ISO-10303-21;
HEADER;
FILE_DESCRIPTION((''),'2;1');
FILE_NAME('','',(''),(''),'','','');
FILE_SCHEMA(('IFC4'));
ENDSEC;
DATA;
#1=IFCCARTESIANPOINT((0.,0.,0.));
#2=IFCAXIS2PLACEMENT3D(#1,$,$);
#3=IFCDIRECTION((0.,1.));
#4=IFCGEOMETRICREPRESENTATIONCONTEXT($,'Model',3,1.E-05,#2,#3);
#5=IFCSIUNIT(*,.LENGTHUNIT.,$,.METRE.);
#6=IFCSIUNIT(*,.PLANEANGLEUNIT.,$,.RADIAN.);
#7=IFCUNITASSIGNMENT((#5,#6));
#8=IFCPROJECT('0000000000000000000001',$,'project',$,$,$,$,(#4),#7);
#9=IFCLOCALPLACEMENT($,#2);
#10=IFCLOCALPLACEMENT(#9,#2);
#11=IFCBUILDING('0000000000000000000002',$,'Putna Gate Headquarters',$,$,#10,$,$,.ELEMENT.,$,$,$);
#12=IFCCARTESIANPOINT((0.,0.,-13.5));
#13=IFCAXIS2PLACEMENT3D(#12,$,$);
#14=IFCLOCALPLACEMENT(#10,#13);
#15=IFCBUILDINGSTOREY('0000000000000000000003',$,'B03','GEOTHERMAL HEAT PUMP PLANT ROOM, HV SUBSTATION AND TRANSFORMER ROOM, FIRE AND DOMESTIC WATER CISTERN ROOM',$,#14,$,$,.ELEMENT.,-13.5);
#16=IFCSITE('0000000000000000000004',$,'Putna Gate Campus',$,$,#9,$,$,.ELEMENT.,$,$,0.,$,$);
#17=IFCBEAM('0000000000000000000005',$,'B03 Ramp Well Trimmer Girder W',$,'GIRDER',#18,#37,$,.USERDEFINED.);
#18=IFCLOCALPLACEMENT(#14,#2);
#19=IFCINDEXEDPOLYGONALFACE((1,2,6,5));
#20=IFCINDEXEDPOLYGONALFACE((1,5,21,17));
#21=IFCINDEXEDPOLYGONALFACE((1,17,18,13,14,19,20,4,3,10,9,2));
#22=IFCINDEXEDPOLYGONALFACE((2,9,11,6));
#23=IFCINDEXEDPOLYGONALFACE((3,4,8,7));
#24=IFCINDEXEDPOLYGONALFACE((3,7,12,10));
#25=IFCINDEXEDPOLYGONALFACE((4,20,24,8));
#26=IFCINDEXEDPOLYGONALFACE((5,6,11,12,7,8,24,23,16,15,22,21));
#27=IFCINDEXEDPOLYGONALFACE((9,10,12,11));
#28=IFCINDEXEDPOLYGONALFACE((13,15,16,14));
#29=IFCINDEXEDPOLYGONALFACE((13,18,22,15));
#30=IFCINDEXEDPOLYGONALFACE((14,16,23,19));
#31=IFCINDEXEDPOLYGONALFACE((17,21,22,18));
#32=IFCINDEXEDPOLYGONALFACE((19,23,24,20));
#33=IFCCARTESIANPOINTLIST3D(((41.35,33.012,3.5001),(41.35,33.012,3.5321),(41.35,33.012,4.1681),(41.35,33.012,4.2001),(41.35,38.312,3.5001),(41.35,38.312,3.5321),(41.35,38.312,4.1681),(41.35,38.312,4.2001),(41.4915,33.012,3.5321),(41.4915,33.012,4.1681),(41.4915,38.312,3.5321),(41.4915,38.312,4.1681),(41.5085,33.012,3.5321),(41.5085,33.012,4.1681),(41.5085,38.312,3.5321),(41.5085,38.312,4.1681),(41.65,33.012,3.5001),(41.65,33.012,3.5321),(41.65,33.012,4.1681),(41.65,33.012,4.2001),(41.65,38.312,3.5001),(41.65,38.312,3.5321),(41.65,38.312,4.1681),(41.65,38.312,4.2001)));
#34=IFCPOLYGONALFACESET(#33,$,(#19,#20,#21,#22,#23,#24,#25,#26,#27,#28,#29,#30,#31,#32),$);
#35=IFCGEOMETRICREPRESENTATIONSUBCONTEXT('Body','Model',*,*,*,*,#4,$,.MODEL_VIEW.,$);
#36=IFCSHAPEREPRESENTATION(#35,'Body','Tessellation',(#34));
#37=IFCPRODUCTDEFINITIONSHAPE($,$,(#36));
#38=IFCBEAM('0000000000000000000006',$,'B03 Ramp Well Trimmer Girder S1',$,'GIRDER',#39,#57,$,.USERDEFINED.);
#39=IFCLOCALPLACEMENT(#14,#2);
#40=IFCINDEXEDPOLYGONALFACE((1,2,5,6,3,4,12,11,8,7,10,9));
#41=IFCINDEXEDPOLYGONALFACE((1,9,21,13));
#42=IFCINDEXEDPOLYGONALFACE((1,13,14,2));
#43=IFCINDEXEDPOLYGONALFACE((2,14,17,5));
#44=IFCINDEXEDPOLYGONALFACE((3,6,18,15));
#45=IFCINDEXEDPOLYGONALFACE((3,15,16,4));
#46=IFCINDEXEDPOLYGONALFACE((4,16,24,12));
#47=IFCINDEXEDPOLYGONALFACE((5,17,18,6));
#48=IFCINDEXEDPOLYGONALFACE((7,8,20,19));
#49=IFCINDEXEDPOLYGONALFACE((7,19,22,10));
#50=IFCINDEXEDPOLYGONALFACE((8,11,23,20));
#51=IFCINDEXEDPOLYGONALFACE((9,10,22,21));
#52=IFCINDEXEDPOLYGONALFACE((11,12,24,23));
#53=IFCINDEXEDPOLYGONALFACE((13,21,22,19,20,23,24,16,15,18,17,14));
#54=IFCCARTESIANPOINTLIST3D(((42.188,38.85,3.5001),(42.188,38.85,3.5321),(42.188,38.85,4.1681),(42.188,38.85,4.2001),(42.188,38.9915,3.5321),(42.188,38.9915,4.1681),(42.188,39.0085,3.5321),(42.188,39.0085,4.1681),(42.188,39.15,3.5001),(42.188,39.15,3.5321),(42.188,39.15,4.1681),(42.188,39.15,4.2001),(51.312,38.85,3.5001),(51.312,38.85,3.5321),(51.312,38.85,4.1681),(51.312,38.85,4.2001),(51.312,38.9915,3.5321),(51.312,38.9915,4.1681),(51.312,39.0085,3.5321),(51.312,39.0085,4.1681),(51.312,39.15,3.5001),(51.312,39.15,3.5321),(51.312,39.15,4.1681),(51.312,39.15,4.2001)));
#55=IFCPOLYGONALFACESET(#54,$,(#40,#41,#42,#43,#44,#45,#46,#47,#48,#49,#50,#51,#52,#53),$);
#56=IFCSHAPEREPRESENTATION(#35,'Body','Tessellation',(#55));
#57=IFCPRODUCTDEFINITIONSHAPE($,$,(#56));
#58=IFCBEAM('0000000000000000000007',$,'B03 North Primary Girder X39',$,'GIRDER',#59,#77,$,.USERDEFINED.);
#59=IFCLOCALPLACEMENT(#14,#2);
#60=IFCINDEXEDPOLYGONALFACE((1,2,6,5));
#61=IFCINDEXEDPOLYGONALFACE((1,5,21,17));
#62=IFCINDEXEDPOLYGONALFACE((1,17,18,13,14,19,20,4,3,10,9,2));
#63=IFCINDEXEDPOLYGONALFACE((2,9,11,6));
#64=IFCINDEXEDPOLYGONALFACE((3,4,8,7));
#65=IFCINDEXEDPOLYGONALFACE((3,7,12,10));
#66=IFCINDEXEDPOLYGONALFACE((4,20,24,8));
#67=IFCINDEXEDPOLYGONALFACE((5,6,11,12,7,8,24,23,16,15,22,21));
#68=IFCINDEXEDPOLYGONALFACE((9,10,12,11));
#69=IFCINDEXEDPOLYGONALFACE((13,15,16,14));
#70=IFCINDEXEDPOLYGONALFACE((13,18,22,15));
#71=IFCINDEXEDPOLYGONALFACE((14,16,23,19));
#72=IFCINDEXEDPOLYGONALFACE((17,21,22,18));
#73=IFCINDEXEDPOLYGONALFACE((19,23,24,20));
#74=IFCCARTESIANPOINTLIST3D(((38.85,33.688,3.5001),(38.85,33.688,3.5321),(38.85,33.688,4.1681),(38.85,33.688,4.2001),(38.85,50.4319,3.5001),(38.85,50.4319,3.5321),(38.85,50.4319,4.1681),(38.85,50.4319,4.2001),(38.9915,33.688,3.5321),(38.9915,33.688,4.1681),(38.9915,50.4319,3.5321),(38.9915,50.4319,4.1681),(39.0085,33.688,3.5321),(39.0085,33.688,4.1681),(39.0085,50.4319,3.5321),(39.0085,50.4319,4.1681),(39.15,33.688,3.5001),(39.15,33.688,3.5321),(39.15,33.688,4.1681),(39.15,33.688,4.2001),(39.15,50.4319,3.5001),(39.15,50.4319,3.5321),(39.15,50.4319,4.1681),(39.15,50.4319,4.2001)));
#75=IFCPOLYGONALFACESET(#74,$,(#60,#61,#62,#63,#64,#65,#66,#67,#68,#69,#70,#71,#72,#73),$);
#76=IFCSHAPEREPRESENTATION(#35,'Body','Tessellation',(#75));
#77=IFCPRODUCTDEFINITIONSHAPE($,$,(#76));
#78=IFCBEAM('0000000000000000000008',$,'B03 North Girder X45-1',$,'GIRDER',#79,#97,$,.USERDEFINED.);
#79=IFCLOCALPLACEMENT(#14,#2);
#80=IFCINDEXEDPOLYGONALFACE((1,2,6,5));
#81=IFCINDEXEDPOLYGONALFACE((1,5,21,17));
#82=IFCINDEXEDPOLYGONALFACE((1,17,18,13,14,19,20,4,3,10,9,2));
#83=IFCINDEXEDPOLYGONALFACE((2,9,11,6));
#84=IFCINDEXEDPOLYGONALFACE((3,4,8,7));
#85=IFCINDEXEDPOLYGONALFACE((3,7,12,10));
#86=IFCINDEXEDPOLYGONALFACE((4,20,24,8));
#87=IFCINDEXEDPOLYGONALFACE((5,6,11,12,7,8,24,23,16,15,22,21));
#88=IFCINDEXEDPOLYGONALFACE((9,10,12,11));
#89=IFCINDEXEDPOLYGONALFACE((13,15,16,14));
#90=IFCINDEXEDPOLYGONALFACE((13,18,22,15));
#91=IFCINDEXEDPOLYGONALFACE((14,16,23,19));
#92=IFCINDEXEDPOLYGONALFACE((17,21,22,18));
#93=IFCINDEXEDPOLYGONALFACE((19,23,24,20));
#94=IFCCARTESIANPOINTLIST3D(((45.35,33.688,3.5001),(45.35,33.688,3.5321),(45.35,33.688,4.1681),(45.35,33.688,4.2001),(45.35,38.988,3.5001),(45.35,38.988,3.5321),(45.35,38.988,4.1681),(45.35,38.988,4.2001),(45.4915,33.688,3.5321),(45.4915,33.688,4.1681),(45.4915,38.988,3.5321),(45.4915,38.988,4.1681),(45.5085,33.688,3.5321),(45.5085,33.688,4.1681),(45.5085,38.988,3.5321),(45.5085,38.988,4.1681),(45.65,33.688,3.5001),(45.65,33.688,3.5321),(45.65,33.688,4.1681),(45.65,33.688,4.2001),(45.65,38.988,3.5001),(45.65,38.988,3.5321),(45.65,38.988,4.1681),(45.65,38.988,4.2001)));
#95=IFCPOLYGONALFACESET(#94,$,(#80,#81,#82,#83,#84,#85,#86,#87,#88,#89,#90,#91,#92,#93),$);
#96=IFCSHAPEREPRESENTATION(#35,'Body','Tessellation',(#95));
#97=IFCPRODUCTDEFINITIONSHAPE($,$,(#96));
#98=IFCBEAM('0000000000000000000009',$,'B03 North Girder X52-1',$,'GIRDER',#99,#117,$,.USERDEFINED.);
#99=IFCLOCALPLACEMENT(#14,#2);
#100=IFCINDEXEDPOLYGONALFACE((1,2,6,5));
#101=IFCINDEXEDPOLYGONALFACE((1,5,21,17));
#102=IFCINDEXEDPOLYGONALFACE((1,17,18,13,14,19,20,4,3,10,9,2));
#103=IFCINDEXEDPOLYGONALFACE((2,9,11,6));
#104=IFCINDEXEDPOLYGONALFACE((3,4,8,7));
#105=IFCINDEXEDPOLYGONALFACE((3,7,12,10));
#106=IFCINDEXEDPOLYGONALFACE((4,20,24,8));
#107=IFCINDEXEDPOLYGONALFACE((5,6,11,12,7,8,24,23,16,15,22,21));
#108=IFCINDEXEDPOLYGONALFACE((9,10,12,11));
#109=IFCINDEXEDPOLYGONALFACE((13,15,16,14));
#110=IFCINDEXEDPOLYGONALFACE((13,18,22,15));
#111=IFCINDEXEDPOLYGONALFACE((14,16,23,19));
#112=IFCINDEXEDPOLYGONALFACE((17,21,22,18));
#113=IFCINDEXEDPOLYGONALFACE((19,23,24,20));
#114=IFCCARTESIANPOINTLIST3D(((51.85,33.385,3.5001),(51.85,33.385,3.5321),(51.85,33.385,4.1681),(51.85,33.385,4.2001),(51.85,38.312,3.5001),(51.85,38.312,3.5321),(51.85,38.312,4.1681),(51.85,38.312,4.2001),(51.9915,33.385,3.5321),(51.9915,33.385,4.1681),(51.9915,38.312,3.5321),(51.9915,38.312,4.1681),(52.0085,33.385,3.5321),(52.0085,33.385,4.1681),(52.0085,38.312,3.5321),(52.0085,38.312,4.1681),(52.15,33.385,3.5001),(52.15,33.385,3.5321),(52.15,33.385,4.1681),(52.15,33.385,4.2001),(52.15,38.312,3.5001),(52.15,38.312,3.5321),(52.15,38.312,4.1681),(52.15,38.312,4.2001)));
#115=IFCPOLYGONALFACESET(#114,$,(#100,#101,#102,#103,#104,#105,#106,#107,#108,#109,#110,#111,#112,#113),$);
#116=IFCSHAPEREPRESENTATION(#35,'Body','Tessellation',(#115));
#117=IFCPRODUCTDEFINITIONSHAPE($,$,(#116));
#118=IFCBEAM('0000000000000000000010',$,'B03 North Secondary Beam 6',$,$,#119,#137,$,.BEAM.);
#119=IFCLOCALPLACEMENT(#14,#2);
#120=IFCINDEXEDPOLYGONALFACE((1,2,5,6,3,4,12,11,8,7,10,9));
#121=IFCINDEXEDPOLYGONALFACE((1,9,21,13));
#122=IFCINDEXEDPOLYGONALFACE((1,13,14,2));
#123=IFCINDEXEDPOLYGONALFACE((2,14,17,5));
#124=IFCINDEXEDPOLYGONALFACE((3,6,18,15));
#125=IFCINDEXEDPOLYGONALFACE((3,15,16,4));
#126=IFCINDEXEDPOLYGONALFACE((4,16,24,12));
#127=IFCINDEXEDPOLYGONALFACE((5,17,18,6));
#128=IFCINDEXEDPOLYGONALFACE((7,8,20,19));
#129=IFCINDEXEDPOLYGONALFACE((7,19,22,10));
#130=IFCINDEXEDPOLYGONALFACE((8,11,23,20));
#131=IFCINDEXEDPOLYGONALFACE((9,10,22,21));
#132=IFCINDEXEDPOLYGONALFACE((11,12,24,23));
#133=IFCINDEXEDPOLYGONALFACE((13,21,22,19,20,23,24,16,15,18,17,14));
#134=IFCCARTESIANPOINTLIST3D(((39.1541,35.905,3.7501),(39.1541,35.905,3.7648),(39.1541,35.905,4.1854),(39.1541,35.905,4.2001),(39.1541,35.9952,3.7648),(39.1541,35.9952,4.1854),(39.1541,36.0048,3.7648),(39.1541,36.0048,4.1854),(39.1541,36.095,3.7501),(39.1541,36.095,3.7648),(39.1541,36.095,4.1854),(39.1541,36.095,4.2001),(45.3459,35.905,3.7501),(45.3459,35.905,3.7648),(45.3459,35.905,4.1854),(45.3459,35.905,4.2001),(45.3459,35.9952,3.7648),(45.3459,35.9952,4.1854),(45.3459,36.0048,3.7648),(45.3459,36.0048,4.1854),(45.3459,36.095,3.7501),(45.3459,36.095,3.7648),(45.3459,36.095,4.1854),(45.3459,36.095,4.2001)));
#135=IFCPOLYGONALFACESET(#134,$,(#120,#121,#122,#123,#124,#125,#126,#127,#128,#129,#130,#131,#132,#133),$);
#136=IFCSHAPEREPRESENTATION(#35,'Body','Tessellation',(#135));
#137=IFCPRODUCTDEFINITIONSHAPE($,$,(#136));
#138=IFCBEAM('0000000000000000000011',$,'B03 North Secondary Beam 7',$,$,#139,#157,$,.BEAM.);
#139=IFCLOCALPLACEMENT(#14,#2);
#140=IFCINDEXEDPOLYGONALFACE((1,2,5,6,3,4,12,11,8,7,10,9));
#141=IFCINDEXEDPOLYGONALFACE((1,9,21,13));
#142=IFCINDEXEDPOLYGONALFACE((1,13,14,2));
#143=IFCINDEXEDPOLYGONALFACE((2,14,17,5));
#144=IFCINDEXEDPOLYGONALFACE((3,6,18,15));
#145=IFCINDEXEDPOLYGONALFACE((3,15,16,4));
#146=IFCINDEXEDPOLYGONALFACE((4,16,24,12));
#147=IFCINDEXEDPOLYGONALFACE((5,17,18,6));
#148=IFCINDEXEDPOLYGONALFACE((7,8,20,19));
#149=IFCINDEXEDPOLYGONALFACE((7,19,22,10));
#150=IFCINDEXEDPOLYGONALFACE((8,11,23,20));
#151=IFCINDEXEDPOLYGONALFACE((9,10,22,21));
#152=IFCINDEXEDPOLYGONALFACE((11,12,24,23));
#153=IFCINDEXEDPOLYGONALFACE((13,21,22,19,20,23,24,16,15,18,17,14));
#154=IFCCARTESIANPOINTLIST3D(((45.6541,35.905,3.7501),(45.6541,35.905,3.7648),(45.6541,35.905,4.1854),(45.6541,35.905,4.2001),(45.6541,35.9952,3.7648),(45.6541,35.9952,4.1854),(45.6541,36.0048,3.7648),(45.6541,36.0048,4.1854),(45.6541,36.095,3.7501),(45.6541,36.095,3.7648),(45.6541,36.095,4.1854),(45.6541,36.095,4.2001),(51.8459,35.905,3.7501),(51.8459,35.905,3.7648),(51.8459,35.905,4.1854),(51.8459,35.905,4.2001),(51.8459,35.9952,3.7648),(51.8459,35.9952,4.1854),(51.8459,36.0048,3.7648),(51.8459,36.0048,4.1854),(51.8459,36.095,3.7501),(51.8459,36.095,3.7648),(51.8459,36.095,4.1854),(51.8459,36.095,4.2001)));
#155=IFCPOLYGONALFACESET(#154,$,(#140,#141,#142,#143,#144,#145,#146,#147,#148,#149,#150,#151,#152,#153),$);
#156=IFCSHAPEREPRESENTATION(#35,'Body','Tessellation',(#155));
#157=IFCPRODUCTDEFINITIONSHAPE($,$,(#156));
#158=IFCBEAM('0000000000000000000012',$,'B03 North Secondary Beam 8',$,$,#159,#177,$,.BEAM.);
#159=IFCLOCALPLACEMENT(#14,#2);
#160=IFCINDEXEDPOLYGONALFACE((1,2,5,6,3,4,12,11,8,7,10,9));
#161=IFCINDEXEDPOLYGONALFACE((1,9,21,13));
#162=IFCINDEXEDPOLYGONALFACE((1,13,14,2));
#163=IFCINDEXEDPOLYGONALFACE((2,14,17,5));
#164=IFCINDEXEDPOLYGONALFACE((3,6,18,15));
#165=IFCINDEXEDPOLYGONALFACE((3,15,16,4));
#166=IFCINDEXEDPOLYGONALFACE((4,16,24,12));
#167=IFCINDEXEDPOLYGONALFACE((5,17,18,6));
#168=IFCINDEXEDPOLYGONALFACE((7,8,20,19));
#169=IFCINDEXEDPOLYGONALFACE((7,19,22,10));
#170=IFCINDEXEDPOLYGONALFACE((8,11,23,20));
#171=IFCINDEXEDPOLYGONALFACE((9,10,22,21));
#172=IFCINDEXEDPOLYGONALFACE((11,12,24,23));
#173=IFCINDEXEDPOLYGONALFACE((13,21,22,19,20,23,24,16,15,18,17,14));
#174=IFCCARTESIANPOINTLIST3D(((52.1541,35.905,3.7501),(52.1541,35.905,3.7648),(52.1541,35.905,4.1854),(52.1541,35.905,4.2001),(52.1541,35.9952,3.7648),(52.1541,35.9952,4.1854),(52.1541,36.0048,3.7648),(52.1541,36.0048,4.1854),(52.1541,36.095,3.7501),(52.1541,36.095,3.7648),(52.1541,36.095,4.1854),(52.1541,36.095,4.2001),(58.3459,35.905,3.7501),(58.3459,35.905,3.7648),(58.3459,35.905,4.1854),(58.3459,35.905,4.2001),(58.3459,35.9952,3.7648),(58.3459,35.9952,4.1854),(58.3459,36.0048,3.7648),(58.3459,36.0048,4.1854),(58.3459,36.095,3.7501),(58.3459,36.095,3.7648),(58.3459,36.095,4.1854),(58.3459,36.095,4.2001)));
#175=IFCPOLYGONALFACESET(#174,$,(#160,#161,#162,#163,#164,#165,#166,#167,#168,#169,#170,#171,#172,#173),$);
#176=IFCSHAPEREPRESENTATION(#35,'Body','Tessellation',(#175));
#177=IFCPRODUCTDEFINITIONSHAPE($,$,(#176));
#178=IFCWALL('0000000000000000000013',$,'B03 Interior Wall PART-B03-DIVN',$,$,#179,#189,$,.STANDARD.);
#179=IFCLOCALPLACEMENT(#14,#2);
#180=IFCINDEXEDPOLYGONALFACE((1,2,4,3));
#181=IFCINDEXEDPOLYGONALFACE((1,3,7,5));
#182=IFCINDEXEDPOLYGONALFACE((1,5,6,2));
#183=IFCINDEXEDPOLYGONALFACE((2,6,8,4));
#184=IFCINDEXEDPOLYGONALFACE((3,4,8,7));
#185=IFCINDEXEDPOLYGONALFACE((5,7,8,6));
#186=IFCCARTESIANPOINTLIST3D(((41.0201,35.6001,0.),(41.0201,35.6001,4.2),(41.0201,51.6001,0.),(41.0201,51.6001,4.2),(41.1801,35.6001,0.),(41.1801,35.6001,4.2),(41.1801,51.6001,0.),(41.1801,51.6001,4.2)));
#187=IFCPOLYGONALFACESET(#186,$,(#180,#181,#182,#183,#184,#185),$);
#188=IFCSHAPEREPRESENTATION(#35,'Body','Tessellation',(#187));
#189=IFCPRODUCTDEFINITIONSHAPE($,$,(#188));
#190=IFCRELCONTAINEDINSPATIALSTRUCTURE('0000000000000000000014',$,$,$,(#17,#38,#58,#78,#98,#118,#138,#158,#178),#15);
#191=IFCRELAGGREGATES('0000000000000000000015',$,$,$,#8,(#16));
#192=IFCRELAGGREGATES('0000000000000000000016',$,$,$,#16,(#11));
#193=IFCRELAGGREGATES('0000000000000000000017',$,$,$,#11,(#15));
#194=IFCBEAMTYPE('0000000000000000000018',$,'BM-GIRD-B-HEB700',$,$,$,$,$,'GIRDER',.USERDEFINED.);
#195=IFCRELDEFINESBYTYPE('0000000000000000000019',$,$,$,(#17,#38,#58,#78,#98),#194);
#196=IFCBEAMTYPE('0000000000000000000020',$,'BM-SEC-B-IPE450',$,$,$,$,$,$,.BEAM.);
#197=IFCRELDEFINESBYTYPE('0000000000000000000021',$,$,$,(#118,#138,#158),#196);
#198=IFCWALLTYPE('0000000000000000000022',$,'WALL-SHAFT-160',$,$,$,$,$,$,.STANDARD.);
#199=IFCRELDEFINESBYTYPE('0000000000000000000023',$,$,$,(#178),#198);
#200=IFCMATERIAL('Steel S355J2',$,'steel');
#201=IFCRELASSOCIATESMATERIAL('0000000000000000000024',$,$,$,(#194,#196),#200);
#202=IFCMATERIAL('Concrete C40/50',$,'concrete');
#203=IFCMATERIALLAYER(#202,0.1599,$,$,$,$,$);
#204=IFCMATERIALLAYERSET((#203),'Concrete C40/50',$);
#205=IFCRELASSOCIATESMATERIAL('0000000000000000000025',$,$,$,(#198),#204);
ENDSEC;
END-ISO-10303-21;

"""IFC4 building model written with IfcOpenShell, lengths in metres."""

from ifc_helpers import new_model, si_unit, direction, frame, frame_2d, origin, origin_2d, place, context, subcontext, project, spatial, rectangle, i_section, extrude, material, layer, layer_set, material_profile, profile_set, type_object, element, save


model = new_model("IFC4")

# Units and contexts
model_context = context("Model", 3, precision=1e-05, world=origin(), true_north=direction((0.0, 1.0)))
body_context = subcontext(model_context, "Body", "Model", "MODEL_VIEW")
ifc_project = project(units=[si_unit("LENGTHUNIT", "METRE"), si_unit("PLANEANGLEUNIT", "RADIAN")], contexts=[model_context])

# Site, building, storey
site_placement = place(None, origin())
site = spatial("IfcSite", under=ifc_project, at=site_placement, Name="Putna Gate Campus", CompositionType="ELEMENT", RefElevation=0.0)
building_placement = place(site_placement, origin())
building = spatial("IfcBuilding", under=site, at=building_placement, Name="Putna Gate Headquarters", CompositionType="ELEMENT")
storey_placement = place(building_placement, frame((0.0, 0.0, -13.5)))
storey = spatial("IfcBuildingStorey", under=building, at=storey_placement, Name="B03", Description="GEOTHERMAL HEAT PUMP PLANT ROOM, HV SUBSTATION AND TRANSFORMER ROOM, FIRE AND DOMESTIC WATER CISTERN ROOM", CompositionType="ELEMENT", Elevation=-13.5)

# Shared definitions
ifc_material_1 = material(Name="Concrete C40/50", Category="concrete")

# Beams
ifc_material_2 = material(Name="Steel S355J2", Category="steel")
ifc_material_profile_1 = material_profile(ifc_material_2, i_section(OverallWidth=0.3, OverallDepth=0.7, WebThickness=0.0171, FlangeThickness=0.032, at=origin_2d()), Name="Steel S355J2")
ifc_profile_set_1 = profile_set([ifc_material_profile_1], Name="Steel S355J2")
beam_type_1 = type_object("IfcBeamType", Name="BM-GIRD-B-HEB700", ElementType="GIRDER", PredefinedType="USERDEFINED", material=ifc_profile_set_1)
beam_1_placement = place(storey_placement, frame((41.5, 33.012, 3.8501), z_axis=(0.0, 1.0, 0.0), x_axis=(-1.0, 0.0, 0.0)))
element("IfcBeam", 1, at=beam_1_placement, inside=storey, type_object=beam_type_1, Name="B03 Ramp Well Trimmer Girder W", ObjectType="GIRDER", PredefinedType="USERDEFINED", context=body_context, shape_type="SweptSolid", body=[
    extrude(i_section(OverallWidth=0.3, OverallDepth=0.7, WebThickness=0.0171, FlangeThickness=0.032, at=origin_2d()), origin(), (0.0, 0.0, 1.0), 5.3),
])
beam_2_placement = place(storey_placement, frame((42.188, 39.0, 3.8501), z_axis=(1.0, 0.0, 0.0), x_axis=(0.0, 1.0, 0.0)))
element("IfcBeam", 2, at=beam_2_placement, inside=storey, type_object=beam_type_1, Name="B03 Ramp Well Trimmer Girder S1", ObjectType="GIRDER", PredefinedType="USERDEFINED", context=body_context, shape_type="SweptSolid", body=[
    extrude(i_section(OverallWidth=0.3, OverallDepth=0.7, WebThickness=0.0171, FlangeThickness=0.032, at=origin_2d()), origin(), (0.0, 0.0, 1.0), 9.124),
])
beam_3_placement = place(storey_placement, frame((39.0, 33.688, 3.8501), z_axis=(0.0, 1.0, 0.0), x_axis=(-1.0, 0.0, 0.0)))
element("IfcBeam", 3, at=beam_3_placement, inside=storey, type_object=beam_type_1, Name="B03 North Primary Girder X39", ObjectType="GIRDER", PredefinedType="USERDEFINED", context=body_context, shape_type="SweptSolid", body=[
    extrude(i_section(OverallWidth=0.3, OverallDepth=0.7, WebThickness=0.0171, FlangeThickness=0.032, at=origin_2d()), origin(), (0.0, 0.0, 1.0), 16.7439),
])
beam_4_placement = place(storey_placement, frame((45.5, 33.688, 3.8501), z_axis=(0.0, 1.0, 0.0), x_axis=(-1.0, 0.0, 0.0)))
element("IfcBeam", 4, at=beam_4_placement, inside=storey, type_object=beam_type_1, Name="B03 North Girder X45-1", ObjectType="GIRDER", PredefinedType="USERDEFINED", context=body_context, shape_type="SweptSolid", body=[
    extrude(i_section(OverallWidth=0.3, OverallDepth=0.7, WebThickness=0.0171, FlangeThickness=0.032, at=origin_2d()), origin(), (0.0, 0.0, 1.0), 5.3),
])
beam_5_placement = place(storey_placement, frame((52.0, 33.385, 3.8501), z_axis=(0.0, 1.0, 0.0), x_axis=(-1.0, 0.0, 0.0)))
element("IfcBeam", 5, at=beam_5_placement, inside=storey, type_object=beam_type_1, Name="B03 North Girder X52-1", ObjectType="GIRDER", PredefinedType="USERDEFINED", context=body_context, shape_type="SweptSolid", body=[
    extrude(i_section(OverallWidth=0.3, OverallDepth=0.7, WebThickness=0.0171, FlangeThickness=0.032, at=origin_2d()), origin(), (0.0, 0.0, 1.0), 4.927),
])
ifc_material_profile_2 = material_profile(ifc_material_2, i_section(OverallWidth=0.1899, OverallDepth=0.45, WebThickness=0.0095, FlangeThickness=0.0146, at=origin_2d()), Name="Steel S355J2")
ifc_profile_set_2 = profile_set([ifc_material_profile_2], Name="Steel S355J2")
beam_type_2 = type_object("IfcBeamType", Name="BM-SEC-B-IPE450", PredefinedType="BEAM", material=ifc_profile_set_2)
for number, where, z_axis, x_axis, name in (
    (6, (39.1541, 36.0, 3.9751), (1.0, 0.0, 0.0), (0.0, 1.0, 0.0), "B03 North Secondary Beam 6"),
    (7, (45.6541, 36.0, 3.9751), (1.0, 0.0, 0.0), (0.0, 1.0, 0.0), "B03 North Secondary Beam 7"),
    (8, (52.1541, 36.0, 3.9751), (1.0, 0.0, 0.0), (0.0, 1.0, 0.0), "B03 North Secondary Beam 8"),
):
    element("IfcBeam", number, at=place(storey_placement, frame(where, z_axis=z_axis, x_axis=x_axis)), inside=storey, type_object=beam_type_2, Name=name, PredefinedType="BEAM", context=body_context, shape_type="SweptSolid", body=[
        extrude(i_section(OverallWidth=0.1899, OverallDepth=0.45, WebThickness=0.0095, FlangeThickness=0.0146, at=origin_2d()), origin(), (0.0, 0.0, 1.0), 6.1919),
    ])

# Wall
ifc_layer_1 = layer(ifc_material_1, 0.1599)
ifc_layer_set_1 = layer_set([ifc_layer_1], Name="Concrete C40/50")
wall_type_1 = type_object("IfcWallType", Name="WALL-SHAFT-160", PredefinedType="STANDARD", material=ifc_layer_set_1)
wall_1_placement = place(storey_placement, frame((41.1001, 35.6001, 0.0), z_axis=(0.0, 0.0, 1.0), x_axis=(0.0, 1.0, 0.0)))
element("IfcWall", 9, at=wall_1_placement, inside=storey, type_object=wall_type_1, Name="B03 Interior Wall PART-B03-DIVN", PredefinedType="STANDARD", context=body_context, shape_type="SweptSolid", body=[
    extrude(rectangle(XDim=16.0, YDim=0.1599, at=frame_2d((8.0, 0.0))), origin(), (0.0, 0.0, 1.0), 4.2),
])

save(model, "model.ifc")
